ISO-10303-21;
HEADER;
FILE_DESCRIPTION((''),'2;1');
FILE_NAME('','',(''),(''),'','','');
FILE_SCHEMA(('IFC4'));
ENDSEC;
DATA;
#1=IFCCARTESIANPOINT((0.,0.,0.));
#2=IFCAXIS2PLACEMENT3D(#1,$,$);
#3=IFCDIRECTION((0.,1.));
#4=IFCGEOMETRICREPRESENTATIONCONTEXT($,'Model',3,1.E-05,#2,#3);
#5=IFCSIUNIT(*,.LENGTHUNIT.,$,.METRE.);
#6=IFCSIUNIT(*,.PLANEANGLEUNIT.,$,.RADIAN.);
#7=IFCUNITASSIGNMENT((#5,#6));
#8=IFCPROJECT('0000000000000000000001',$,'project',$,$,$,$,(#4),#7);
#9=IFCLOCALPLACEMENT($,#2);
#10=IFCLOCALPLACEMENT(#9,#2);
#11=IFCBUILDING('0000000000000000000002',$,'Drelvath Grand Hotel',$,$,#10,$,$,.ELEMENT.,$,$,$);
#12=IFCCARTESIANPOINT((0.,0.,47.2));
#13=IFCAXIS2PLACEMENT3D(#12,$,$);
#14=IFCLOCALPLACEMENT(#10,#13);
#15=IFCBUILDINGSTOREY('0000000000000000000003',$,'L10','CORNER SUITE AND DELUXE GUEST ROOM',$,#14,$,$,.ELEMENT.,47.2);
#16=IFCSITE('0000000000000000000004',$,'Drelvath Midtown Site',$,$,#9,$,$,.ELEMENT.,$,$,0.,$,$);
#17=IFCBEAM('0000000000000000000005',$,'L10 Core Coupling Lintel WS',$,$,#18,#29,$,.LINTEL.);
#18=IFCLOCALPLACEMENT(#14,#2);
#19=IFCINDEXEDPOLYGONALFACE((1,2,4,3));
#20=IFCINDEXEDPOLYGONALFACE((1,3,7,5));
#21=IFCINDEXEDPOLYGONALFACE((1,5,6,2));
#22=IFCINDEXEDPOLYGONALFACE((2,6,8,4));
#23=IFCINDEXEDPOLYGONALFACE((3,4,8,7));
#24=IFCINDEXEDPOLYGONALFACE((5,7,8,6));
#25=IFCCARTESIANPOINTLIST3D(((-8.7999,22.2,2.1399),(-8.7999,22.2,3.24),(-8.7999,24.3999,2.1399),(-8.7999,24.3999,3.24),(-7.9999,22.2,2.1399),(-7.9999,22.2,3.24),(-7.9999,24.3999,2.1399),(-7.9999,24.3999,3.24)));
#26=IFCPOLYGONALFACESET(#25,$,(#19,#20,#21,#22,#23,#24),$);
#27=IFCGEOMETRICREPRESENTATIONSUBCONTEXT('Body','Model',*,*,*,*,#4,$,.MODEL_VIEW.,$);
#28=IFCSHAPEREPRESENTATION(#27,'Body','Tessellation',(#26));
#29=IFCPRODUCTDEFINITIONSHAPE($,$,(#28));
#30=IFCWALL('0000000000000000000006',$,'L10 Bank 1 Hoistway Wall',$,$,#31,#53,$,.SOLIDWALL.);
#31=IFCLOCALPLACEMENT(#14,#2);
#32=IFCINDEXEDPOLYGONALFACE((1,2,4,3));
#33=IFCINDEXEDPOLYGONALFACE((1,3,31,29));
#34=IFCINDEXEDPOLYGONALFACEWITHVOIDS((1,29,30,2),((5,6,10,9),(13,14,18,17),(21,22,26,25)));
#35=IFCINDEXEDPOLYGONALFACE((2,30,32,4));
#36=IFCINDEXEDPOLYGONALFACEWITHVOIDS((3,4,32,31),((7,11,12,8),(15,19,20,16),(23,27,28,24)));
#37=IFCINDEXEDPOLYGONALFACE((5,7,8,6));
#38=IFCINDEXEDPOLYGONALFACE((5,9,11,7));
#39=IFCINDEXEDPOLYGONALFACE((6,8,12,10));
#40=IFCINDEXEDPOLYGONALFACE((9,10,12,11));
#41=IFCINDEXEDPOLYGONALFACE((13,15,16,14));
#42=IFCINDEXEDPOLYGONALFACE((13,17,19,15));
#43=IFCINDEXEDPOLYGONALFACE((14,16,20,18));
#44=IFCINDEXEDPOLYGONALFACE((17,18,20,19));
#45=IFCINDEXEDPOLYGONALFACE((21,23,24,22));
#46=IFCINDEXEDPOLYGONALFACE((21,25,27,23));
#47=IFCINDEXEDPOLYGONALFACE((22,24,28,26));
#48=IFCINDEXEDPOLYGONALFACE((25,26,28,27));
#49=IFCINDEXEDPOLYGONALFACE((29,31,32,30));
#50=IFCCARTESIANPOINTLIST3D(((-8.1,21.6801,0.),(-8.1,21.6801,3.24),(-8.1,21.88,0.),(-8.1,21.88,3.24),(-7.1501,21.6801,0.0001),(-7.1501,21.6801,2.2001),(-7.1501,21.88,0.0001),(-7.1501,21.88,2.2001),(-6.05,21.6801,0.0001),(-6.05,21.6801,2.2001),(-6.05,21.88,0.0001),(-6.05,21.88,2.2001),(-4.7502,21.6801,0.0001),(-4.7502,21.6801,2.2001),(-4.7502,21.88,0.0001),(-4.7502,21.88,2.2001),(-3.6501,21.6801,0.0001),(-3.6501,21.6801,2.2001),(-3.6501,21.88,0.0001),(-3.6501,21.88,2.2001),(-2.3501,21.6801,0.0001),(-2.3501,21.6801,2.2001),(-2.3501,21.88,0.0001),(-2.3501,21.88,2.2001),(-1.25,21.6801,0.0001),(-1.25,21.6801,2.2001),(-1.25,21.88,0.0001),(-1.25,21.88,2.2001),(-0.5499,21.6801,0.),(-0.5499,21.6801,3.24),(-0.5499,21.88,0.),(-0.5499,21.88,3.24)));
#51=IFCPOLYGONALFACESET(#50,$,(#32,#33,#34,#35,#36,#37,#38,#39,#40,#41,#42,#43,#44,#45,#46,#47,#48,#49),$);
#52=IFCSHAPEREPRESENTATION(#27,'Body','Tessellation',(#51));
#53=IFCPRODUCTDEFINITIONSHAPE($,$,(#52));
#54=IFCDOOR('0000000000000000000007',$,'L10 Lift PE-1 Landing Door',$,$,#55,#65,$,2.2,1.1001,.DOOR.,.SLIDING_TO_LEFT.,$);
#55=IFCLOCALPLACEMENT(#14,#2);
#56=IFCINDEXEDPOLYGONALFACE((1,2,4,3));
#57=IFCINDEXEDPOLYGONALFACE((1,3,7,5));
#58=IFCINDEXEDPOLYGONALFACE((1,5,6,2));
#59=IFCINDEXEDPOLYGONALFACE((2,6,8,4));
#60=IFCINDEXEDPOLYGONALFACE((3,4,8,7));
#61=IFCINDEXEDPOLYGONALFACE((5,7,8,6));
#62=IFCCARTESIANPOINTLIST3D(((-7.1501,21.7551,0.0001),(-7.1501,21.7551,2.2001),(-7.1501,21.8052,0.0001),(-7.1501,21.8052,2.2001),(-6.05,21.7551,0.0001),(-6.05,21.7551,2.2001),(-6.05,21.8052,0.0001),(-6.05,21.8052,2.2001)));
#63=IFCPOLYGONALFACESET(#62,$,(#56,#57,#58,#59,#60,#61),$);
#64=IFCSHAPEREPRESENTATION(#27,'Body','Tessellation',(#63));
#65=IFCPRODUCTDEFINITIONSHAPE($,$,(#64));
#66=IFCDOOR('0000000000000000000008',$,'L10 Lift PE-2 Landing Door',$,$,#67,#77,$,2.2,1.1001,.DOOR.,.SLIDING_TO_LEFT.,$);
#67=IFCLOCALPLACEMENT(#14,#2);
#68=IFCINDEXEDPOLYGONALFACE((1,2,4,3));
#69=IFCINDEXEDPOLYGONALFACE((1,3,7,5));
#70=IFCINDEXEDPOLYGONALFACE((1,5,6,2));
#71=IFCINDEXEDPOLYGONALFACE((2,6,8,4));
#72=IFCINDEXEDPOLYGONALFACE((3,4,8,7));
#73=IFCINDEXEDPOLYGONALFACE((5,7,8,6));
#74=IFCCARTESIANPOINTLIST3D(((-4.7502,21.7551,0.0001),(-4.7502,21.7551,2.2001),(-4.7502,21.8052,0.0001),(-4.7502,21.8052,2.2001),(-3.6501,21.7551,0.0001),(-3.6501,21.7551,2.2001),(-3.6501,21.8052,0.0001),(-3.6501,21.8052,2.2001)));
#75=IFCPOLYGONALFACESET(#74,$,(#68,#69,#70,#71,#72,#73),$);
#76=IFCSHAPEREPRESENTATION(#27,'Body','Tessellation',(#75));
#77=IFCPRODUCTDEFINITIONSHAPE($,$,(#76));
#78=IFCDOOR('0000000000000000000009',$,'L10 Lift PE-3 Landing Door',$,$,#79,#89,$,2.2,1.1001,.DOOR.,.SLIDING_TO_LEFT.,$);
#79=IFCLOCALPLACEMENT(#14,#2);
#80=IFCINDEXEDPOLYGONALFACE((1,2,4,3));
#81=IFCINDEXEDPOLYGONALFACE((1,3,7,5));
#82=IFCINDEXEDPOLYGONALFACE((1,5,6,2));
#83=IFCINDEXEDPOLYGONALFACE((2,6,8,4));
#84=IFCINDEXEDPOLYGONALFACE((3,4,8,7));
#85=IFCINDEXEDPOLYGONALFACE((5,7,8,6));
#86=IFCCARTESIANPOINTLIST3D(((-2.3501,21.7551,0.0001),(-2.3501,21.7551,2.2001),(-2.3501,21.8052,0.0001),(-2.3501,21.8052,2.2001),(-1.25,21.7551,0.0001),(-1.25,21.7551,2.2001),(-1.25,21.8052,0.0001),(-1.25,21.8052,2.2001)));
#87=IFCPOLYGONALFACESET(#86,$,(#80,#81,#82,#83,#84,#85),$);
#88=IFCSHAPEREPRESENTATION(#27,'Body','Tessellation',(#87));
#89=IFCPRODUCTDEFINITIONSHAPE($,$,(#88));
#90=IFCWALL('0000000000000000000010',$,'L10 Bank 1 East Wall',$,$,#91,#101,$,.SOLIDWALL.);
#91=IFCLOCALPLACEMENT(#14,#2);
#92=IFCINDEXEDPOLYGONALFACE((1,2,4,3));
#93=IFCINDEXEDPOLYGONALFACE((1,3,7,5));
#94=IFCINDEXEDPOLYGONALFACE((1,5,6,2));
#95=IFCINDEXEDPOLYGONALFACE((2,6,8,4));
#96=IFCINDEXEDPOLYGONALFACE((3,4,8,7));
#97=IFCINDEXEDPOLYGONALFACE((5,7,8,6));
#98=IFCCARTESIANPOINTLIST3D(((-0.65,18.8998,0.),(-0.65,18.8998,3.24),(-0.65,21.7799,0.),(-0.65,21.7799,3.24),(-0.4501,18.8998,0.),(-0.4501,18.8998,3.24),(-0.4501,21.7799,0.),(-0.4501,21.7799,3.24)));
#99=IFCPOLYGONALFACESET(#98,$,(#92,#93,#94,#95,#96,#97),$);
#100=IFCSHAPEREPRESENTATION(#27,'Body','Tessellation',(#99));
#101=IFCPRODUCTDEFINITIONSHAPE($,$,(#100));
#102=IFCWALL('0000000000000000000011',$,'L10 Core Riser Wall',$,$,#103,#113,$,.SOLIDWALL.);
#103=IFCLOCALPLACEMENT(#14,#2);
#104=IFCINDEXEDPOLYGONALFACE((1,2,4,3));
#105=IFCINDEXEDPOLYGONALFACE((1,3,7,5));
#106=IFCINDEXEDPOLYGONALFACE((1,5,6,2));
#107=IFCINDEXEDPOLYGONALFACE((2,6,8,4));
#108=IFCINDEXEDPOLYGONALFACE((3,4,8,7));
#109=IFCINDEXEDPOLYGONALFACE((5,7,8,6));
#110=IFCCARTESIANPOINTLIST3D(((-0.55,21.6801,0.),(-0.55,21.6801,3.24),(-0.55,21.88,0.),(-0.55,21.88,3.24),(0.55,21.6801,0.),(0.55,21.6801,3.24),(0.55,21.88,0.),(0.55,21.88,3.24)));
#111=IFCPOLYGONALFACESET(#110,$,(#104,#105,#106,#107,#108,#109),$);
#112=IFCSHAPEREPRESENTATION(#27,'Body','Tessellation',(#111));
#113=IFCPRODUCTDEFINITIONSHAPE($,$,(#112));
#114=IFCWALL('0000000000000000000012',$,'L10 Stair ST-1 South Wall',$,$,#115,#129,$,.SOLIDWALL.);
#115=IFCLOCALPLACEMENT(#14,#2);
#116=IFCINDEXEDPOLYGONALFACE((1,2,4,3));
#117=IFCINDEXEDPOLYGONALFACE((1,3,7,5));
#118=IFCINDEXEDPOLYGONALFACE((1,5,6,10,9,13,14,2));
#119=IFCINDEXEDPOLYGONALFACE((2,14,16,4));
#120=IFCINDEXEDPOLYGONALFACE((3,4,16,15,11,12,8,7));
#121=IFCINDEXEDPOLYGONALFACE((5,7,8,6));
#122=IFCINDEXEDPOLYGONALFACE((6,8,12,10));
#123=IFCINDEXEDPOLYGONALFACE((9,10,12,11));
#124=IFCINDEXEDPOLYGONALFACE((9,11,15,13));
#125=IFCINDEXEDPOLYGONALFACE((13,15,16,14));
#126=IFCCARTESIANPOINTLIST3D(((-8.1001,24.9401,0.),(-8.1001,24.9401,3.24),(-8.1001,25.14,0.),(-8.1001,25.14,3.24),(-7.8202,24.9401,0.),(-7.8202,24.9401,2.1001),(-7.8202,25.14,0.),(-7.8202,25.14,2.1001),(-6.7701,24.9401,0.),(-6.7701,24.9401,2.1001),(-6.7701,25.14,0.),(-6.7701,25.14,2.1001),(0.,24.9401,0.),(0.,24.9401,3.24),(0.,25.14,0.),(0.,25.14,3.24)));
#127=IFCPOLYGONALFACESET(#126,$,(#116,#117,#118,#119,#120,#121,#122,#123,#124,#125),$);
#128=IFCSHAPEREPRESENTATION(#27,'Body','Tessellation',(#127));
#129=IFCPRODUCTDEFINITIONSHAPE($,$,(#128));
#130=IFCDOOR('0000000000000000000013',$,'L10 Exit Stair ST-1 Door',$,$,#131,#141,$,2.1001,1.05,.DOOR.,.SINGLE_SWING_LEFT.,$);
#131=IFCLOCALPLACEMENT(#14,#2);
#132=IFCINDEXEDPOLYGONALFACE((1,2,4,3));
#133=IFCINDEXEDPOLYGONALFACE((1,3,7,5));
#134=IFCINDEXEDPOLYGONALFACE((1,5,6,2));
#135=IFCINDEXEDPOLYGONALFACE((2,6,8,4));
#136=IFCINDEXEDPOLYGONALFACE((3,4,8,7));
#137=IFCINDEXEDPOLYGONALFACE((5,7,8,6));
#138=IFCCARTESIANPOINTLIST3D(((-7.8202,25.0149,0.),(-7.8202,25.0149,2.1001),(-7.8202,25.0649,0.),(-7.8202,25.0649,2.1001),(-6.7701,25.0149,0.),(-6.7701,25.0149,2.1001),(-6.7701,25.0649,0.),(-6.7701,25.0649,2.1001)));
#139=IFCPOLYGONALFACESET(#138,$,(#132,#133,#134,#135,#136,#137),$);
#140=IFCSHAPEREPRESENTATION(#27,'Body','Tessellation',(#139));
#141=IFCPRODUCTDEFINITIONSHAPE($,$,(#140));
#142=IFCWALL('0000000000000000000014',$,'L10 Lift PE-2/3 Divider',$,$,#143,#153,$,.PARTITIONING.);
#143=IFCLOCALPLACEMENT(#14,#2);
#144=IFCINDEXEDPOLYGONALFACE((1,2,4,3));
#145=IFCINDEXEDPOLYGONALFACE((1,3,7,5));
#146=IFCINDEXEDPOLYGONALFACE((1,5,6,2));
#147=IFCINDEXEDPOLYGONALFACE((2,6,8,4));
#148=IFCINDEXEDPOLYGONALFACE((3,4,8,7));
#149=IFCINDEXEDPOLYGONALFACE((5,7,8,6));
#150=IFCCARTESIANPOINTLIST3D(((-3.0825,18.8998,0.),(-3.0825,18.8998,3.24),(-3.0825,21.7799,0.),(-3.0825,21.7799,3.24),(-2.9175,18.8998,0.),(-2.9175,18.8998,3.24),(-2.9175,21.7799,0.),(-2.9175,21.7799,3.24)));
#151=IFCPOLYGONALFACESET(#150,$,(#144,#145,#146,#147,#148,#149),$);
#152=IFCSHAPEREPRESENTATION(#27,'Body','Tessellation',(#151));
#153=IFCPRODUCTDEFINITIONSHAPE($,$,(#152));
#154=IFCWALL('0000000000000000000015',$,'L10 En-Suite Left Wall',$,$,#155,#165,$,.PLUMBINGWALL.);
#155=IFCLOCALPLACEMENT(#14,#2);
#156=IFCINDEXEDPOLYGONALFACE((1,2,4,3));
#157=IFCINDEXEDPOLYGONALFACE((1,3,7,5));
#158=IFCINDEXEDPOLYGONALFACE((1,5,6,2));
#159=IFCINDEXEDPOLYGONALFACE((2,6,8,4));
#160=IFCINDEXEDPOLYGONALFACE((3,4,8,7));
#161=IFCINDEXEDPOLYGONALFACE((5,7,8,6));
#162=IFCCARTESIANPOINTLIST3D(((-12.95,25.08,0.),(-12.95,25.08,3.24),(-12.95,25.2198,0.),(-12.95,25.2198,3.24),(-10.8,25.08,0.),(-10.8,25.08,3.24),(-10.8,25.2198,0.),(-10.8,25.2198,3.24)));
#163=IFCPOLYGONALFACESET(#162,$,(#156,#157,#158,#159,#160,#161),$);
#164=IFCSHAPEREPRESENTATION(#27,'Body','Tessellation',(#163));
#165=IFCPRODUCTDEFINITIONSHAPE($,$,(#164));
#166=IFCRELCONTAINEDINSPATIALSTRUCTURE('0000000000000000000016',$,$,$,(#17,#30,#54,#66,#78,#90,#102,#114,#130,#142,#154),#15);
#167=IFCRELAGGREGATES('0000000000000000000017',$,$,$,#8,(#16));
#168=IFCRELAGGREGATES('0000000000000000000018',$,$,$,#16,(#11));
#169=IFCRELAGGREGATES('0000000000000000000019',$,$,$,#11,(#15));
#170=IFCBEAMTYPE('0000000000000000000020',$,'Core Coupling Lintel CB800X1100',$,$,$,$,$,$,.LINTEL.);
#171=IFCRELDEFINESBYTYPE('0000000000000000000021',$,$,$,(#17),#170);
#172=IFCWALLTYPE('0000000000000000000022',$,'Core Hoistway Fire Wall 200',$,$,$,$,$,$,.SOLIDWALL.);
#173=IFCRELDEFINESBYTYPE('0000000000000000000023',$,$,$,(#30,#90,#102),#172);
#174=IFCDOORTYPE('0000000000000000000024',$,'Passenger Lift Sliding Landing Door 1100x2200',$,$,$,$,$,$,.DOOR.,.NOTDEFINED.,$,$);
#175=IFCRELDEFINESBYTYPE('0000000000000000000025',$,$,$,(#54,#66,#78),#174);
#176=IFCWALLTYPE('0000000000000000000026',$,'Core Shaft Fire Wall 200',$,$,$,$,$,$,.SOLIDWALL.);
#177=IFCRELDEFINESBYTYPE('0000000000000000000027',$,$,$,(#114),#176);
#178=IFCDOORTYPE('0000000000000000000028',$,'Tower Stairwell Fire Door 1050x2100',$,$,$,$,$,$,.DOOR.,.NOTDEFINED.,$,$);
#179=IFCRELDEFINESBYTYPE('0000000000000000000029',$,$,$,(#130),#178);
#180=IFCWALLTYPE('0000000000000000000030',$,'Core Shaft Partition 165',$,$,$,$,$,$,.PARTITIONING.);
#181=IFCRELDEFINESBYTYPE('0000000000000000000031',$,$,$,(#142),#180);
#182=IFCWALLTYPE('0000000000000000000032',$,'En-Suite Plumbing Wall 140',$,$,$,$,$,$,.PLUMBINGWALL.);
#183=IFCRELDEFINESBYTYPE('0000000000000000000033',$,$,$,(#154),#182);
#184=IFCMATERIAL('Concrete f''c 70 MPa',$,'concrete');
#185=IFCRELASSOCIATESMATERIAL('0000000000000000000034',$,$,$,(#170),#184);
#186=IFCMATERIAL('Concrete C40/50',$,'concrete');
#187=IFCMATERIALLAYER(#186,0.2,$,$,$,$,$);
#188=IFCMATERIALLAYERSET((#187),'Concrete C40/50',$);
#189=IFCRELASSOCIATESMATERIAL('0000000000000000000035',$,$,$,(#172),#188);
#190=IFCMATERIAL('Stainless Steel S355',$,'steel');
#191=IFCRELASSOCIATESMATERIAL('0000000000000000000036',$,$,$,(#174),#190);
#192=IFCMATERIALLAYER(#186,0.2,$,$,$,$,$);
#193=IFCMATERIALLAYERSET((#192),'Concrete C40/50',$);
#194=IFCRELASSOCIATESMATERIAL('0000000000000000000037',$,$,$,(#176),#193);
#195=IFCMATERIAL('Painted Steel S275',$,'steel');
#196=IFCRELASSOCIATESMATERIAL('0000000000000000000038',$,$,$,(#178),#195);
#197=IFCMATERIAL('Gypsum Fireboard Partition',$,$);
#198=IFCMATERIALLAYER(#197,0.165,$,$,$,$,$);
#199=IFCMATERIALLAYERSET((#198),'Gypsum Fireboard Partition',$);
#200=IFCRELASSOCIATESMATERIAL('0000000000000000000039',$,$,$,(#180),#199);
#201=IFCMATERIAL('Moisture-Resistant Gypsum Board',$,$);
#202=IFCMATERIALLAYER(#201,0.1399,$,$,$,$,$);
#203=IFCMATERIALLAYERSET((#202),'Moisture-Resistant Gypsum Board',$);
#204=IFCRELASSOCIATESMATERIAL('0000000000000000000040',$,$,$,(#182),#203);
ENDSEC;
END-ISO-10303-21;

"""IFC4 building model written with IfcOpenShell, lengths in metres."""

from ifc_helpers import new_model, si_unit, direction, frame, frame_2d, origin, origin_2d, place, context, subcontext, project, spatial, rectangle, extrude, material, layer, layer_set, material_profile, profile_set, type_object, element, fill, save


model = new_model("IFC4")

# Units and contexts
model_context = context("Model", 3, precision=1e-05, world=origin(), true_north=direction((0.0, 1.0)))
body_context = subcontext(model_context, "Body", "Model", "MODEL_VIEW")
ifc_project = project(units=[si_unit("LENGTHUNIT", "METRE"), si_unit("PLANEANGLEUNIT", "RADIAN")], contexts=[model_context])

# Site, building, storey
site_placement = place(None, origin())
site = spatial("IfcSite", under=ifc_project, at=site_placement, Name="Drelvath Midtown Site", CompositionType="ELEMENT", RefElevation=0.0)
building_placement = place(site_placement, origin())
building = spatial("IfcBuilding", under=site, at=building_placement, Name="Drelvath Grand Hotel", CompositionType="ELEMENT")
storey_placement = place(building_placement, frame((0.0, 0.0, 47.2)))
storey = spatial("IfcBuildingStorey", under=building, at=storey_placement, Name="L10", Description="CORNER SUITE AND DELUXE GUEST ROOM", CompositionType="ELEMENT", Elevation=47.2)

# Beam
ifc_material_1 = material(Name="Concrete f'c 70 MPa", Category="concrete")
ifc_material_profile = material_profile(ifc_material_1, rectangle(XDim=0.8, YDim=1.1001, at=origin_2d()), Name="CB800X1100")
ifc_profile_set = profile_set([ifc_material_profile], Name="Concrete f'c 70 MPa")
beam_type = type_object("IfcBeamType", Name="Core Coupling Lintel CB800X1100", PredefinedType="LINTEL", material=ifc_profile_set)
beam_placement = place(storey_placement, frame((-8.3999, 22.2, 2.6899), z_axis=(0.0, 1.0, 0.0), x_axis=(-1.0, 0.0, 0.0)))
element("IfcBeam", 1, at=beam_placement, inside=storey, type_object=beam_type, Name="L10 Core Coupling Lintel WS", PredefinedType="LINTEL", context=body_context, shape_type="SweptSolid", body=[
    extrude(rectangle(XDim=0.8, YDim=1.1001, at=origin_2d()), origin(), (0.0, 0.0, 1.0), 2.2),
])

# Wall, openings, doors
ifc_material_2 = material(Name="Concrete C40/50", Category="concrete")
ifc_layer_1 = layer(ifc_material_2, 0.2)
ifc_layer_set_1 = layer_set([ifc_layer_1], Name="Concrete C40/50")
wall_type_1 = type_object("IfcWallType", Name="Core Hoistway Fire Wall 200", PredefinedType="SOLIDWALL", material=ifc_layer_set_1)
wall_1_placement = place(storey_placement, frame((-0.55, 21.78, 0.0), z_axis=(0.0, 0.0, 1.0), x_axis=(-1.0, 0.0, 0.0)))
wall_1 = element("IfcWall", 2, at=wall_1_placement, inside=storey, type_object=wall_type_1, Name="L10 Bank 1 Hoistway Wall", PredefinedType="SOLIDWALL", context=body_context, shape_type="SweptSolid", body=[
    extrude(rectangle(XDim=7.55, YDim=0.2, at=frame_2d((3.7749, 0.0))), origin(), (0.0, 0.0, 1.0), 3.24),
])
opening_1_placement = place(wall_1_placement, frame((5.5, 0.0, 0.0)))
opening_1 = element("IfcOpeningElement", 3, at=opening_1_placement, cuts=wall_1, PredefinedType="OPENING", context=body_context, shape_type="SweptSolid", body=[
    extrude(rectangle(XDim=1.1001, YDim=2.2, at=frame_2d((0.55, 1.1001))), frame((0.0, 0.1099, 0.0), z_axis=(0.0, -1.0, 0.0), x_axis=(1.0, 0.0, 0.0)), (0.0, 0.0, 1.0), 0.22),
])
opening_2_placement = place(wall_1_placement, frame((3.1001, 0.0, 0.0)))
opening_2 = element("IfcOpeningElement", 4, at=opening_2_placement, cuts=wall_1, PredefinedType="OPENING", context=body_context, shape_type="SweptSolid", body=[
    extrude(rectangle(XDim=1.1001, YDim=2.2, at=frame_2d((0.55, 1.1001))), frame((0.0, 0.1099, 0.0), z_axis=(0.0, -1.0, 0.0), x_axis=(1.0, 0.0, 0.0)), (0.0, 0.0, 1.0), 0.22),
])
opening_3_placement = place(wall_1_placement, frame((0.7, 0.0, 0.0)))
opening_3 = element("IfcOpeningElement", 5, at=opening_3_placement, cuts=wall_1, PredefinedType="OPENING", context=body_context, shape_type="SweptSolid", body=[
    extrude(rectangle(XDim=1.1001, YDim=2.2, at=frame_2d((0.55, 1.1001))), frame((0.0, 0.1099, 0.0), z_axis=(0.0, -1.0, 0.0), x_axis=(1.0, 0.0, 0.0)), (0.0, 0.0, 1.0), 0.22),
])
ifc_material_3 = material(Name="Stainless Steel S355", Category="steel")
door_type_1 = type_object("IfcDoorType", Name="Passenger Lift Sliding Landing Door 1100x2200", OperationType="NOTDEFINED", PredefinedType="DOOR", material=ifc_material_3)
door_1_placement = place(opening_1_placement, origin())
door_1 = element("IfcDoor", 6, at=door_1_placement, inside=storey, type_object=door_type_1, Name="L10 Lift PE-1 Landing Door", OperationType="SLIDING_TO_LEFT", OverallHeight=2.2, OverallWidth=1.1001, PredefinedType="DOOR", context=body_context, shape_type="SweptSolid", body=[
    extrude(rectangle(XDim=1.1001, YDim=2.2, at=frame_2d((0.55, 1.1001))), frame((0.0, 0.0249, 0.0), z_axis=(0.0, -1.0, 0.0), x_axis=(1.0, 0.0, 0.0)), (0.0, 0.0, 1.0), 0.05),
])
fill(opening_1, door_1)
door_2_placement = place(opening_2_placement, origin())
door_2 = element("IfcDoor", 7, at=door_2_placement, inside=storey, type_object=door_type_1, Name="L10 Lift PE-2 Landing Door", OperationType="SLIDING_TO_LEFT", OverallHeight=2.2, OverallWidth=1.1001, PredefinedType="DOOR", context=body_context, shape_type="SweptSolid", body=[
    extrude(rectangle(XDim=1.1001, YDim=2.2, at=frame_2d((0.55, 1.1001))), frame((0.0, 0.0249, 0.0), z_axis=(0.0, -1.0, 0.0), x_axis=(1.0, 0.0, 0.0)), (0.0, 0.0, 1.0), 0.05),
])
fill(opening_2, door_2)
door_3_placement = place(opening_3_placement, origin())
door_3 = element("IfcDoor", 8, at=door_3_placement, inside=storey, type_object=door_type_1, Name="L10 Lift PE-3 Landing Door", OperationType="SLIDING_TO_LEFT", OverallHeight=2.2, OverallWidth=1.1001, PredefinedType="DOOR", context=body_context, shape_type="SweptSolid", body=[
    extrude(rectangle(XDim=1.1001, YDim=2.2, at=frame_2d((0.55, 1.1001))), frame((0.0, 0.0249, 0.0), z_axis=(0.0, -1.0, 0.0), x_axis=(1.0, 0.0, 0.0)), (0.0, 0.0, 1.0), 0.05),
])
fill(opening_3, door_3)

# Walls
wall_2_placement = place(storey_placement, frame((-0.55, 18.8999, 0.0), z_axis=(0.0, 0.0, 1.0), x_axis=(0.0, 1.0, 0.0)))
element("IfcWall", 9, at=wall_2_placement, inside=storey, type_object=wall_type_1, Name="L10 Bank 1 East Wall", PredefinedType="SOLIDWALL", context=body_context, shape_type="SweptSolid", body=[
    extrude(rectangle(XDim=2.8801, YDim=0.2, at=frame_2d((1.4399, 0.0))), origin(), (0.0, 0.0, 1.0), 3.24),
])
wall_3_placement = place(storey_placement, frame((-0.55, 21.78, 0.0), z_axis=(0.0, 0.0, 1.0), x_axis=(1.0, 0.0, 0.0)))
element("IfcWall", 10, at=wall_3_placement, inside=storey, type_object=wall_type_1, Name="L10 Core Riser Wall", PredefinedType="SOLIDWALL", context=body_context, shape_type="SweptSolid", body=[
    extrude(rectangle(XDim=1.1001, YDim=0.2, at=frame_2d((0.55, 0.0))), origin(), (0.0, 0.0, 1.0), 3.24),
])

# Wall, opening, door
ifc_layer_2 = layer(ifc_material_2, 0.2)
ifc_layer_set_2 = layer_set([ifc_layer_2], Name="Concrete C40/50")
wall_type_2 = type_object("IfcWallType", Name="Core Shaft Fire Wall 200", PredefinedType="SOLIDWALL", material=ifc_layer_set_2)
wall_4_placement = place(storey_placement, frame((-8.1001, 25.04, 0.0), z_axis=(0.0, 0.0, 1.0), x_axis=(1.0, 0.0, 0.0)))
wall_4 = element("IfcWall", 11, at=wall_4_placement, inside=storey, type_object=wall_type_2, Name="L10 Stair ST-1 South Wall", PredefinedType="SOLIDWALL", context=body_context, shape_type="SweptSolid", body=[
    extrude(rectangle(XDim=8.1001, YDim=0.2, at=frame_2d((4.05, 0.0))), origin(), (0.0, 0.0, 1.0), 3.24),
])
opening_4_placement = place(wall_4_placement, frame((0.28, 0.0, 0.0)))
opening_4 = element("IfcOpeningElement", 12, at=opening_4_placement, cuts=wall_4, PredefinedType="OPENING", context=body_context, shape_type="SweptSolid", body=[
    extrude(rectangle(XDim=1.05, YDim=2.1001, at=frame_2d((0.5249, 1.05))), frame((0.0, 0.1099, 0.0), z_axis=(0.0, -1.0, 0.0), x_axis=(1.0, 0.0, 0.0)), (0.0, 0.0, 1.0), 0.22),
])
ifc_material_4 = material(Name="Painted Steel S275", Category="steel")
door_type_2 = type_object("IfcDoorType", Name="Tower Stairwell Fire Door 1050x2100", OperationType="NOTDEFINED", PredefinedType="DOOR", material=ifc_material_4)
door_4_placement = place(opening_4_placement, origin())
door_4 = element("IfcDoor", 13, at=door_4_placement, inside=storey, type_object=door_type_2, Name="L10 Exit Stair ST-1 Door", OperationType="SINGLE_SWING_LEFT", OverallHeight=2.1001, OverallWidth=1.05, PredefinedType="DOOR", context=body_context, shape_type="SweptSolid", body=[
    extrude(rectangle(XDim=1.05, YDim=2.1001, at=frame_2d((0.5249, 1.05))), frame((0.0, 0.0249, 0.0), z_axis=(0.0, -1.0, 0.0), x_axis=(1.0, 0.0, 0.0)), (0.0, 0.0, 1.0), 0.05),
])
fill(opening_4, door_4)

# Walls
ifc_material_5 = material(Name="Gypsum Fireboard Partition")
ifc_layer_3 = layer(ifc_material_5, 0.165)
ifc_layer_set_3 = layer_set([ifc_layer_3], Name="Gypsum Fireboard Partition")
wall_type_3 = type_object("IfcWallType", Name="Core Shaft Partition 165", PredefinedType="PARTITIONING", material=ifc_layer_set_3)
wall_5_placement = place(storey_placement, frame((-3.0, 18.8999, 0.0), z_axis=(0.0, 0.0, 1.0), x_axis=(0.0, 1.0, 0.0)))
element("IfcWall", 14, at=wall_5_placement, inside=storey, type_object=wall_type_3, Name="L10 Lift PE-2/3 Divider", PredefinedType="PARTITIONING", context=body_context, shape_type="SweptSolid", body=[
    extrude(rectangle(XDim=2.8801, YDim=0.165, at=frame_2d((1.4399, 0.0))), origin(), (0.0, 0.0, 1.0), 3.24),
])
ifc_material_6 = material(Name="Moisture-Resistant Gypsum Board")
ifc_layer_4 = layer(ifc_material_6, 0.1399)
ifc_layer_set_4 = layer_set([ifc_layer_4], Name="Moisture-Resistant Gypsum Board")
wall_type_4 = type_object("IfcWallType", Name="En-Suite Plumbing Wall 140", PredefinedType="PLUMBINGWALL", material=ifc_layer_set_4)
wall_6_placement = place(storey_placement, frame((-10.8, 25.1499, 0.0), z_axis=(0.0, 0.0, 1.0), x_axis=(-1.0, 0.0, 0.0)))
element("IfcWall", 15, at=wall_6_placement, inside=storey, type_object=wall_type_4, Name="L10 En-Suite Left Wall", PredefinedType="PLUMBINGWALL", context=body_context, shape_type="SweptSolid", body=[
    extrude(rectangle(XDim=2.1499, YDim=0.1399, at=frame_2d((1.075, 0.0))), origin(), (0.0, 0.0, 1.0), 3.24),
])

save(model, "model.ifc")
